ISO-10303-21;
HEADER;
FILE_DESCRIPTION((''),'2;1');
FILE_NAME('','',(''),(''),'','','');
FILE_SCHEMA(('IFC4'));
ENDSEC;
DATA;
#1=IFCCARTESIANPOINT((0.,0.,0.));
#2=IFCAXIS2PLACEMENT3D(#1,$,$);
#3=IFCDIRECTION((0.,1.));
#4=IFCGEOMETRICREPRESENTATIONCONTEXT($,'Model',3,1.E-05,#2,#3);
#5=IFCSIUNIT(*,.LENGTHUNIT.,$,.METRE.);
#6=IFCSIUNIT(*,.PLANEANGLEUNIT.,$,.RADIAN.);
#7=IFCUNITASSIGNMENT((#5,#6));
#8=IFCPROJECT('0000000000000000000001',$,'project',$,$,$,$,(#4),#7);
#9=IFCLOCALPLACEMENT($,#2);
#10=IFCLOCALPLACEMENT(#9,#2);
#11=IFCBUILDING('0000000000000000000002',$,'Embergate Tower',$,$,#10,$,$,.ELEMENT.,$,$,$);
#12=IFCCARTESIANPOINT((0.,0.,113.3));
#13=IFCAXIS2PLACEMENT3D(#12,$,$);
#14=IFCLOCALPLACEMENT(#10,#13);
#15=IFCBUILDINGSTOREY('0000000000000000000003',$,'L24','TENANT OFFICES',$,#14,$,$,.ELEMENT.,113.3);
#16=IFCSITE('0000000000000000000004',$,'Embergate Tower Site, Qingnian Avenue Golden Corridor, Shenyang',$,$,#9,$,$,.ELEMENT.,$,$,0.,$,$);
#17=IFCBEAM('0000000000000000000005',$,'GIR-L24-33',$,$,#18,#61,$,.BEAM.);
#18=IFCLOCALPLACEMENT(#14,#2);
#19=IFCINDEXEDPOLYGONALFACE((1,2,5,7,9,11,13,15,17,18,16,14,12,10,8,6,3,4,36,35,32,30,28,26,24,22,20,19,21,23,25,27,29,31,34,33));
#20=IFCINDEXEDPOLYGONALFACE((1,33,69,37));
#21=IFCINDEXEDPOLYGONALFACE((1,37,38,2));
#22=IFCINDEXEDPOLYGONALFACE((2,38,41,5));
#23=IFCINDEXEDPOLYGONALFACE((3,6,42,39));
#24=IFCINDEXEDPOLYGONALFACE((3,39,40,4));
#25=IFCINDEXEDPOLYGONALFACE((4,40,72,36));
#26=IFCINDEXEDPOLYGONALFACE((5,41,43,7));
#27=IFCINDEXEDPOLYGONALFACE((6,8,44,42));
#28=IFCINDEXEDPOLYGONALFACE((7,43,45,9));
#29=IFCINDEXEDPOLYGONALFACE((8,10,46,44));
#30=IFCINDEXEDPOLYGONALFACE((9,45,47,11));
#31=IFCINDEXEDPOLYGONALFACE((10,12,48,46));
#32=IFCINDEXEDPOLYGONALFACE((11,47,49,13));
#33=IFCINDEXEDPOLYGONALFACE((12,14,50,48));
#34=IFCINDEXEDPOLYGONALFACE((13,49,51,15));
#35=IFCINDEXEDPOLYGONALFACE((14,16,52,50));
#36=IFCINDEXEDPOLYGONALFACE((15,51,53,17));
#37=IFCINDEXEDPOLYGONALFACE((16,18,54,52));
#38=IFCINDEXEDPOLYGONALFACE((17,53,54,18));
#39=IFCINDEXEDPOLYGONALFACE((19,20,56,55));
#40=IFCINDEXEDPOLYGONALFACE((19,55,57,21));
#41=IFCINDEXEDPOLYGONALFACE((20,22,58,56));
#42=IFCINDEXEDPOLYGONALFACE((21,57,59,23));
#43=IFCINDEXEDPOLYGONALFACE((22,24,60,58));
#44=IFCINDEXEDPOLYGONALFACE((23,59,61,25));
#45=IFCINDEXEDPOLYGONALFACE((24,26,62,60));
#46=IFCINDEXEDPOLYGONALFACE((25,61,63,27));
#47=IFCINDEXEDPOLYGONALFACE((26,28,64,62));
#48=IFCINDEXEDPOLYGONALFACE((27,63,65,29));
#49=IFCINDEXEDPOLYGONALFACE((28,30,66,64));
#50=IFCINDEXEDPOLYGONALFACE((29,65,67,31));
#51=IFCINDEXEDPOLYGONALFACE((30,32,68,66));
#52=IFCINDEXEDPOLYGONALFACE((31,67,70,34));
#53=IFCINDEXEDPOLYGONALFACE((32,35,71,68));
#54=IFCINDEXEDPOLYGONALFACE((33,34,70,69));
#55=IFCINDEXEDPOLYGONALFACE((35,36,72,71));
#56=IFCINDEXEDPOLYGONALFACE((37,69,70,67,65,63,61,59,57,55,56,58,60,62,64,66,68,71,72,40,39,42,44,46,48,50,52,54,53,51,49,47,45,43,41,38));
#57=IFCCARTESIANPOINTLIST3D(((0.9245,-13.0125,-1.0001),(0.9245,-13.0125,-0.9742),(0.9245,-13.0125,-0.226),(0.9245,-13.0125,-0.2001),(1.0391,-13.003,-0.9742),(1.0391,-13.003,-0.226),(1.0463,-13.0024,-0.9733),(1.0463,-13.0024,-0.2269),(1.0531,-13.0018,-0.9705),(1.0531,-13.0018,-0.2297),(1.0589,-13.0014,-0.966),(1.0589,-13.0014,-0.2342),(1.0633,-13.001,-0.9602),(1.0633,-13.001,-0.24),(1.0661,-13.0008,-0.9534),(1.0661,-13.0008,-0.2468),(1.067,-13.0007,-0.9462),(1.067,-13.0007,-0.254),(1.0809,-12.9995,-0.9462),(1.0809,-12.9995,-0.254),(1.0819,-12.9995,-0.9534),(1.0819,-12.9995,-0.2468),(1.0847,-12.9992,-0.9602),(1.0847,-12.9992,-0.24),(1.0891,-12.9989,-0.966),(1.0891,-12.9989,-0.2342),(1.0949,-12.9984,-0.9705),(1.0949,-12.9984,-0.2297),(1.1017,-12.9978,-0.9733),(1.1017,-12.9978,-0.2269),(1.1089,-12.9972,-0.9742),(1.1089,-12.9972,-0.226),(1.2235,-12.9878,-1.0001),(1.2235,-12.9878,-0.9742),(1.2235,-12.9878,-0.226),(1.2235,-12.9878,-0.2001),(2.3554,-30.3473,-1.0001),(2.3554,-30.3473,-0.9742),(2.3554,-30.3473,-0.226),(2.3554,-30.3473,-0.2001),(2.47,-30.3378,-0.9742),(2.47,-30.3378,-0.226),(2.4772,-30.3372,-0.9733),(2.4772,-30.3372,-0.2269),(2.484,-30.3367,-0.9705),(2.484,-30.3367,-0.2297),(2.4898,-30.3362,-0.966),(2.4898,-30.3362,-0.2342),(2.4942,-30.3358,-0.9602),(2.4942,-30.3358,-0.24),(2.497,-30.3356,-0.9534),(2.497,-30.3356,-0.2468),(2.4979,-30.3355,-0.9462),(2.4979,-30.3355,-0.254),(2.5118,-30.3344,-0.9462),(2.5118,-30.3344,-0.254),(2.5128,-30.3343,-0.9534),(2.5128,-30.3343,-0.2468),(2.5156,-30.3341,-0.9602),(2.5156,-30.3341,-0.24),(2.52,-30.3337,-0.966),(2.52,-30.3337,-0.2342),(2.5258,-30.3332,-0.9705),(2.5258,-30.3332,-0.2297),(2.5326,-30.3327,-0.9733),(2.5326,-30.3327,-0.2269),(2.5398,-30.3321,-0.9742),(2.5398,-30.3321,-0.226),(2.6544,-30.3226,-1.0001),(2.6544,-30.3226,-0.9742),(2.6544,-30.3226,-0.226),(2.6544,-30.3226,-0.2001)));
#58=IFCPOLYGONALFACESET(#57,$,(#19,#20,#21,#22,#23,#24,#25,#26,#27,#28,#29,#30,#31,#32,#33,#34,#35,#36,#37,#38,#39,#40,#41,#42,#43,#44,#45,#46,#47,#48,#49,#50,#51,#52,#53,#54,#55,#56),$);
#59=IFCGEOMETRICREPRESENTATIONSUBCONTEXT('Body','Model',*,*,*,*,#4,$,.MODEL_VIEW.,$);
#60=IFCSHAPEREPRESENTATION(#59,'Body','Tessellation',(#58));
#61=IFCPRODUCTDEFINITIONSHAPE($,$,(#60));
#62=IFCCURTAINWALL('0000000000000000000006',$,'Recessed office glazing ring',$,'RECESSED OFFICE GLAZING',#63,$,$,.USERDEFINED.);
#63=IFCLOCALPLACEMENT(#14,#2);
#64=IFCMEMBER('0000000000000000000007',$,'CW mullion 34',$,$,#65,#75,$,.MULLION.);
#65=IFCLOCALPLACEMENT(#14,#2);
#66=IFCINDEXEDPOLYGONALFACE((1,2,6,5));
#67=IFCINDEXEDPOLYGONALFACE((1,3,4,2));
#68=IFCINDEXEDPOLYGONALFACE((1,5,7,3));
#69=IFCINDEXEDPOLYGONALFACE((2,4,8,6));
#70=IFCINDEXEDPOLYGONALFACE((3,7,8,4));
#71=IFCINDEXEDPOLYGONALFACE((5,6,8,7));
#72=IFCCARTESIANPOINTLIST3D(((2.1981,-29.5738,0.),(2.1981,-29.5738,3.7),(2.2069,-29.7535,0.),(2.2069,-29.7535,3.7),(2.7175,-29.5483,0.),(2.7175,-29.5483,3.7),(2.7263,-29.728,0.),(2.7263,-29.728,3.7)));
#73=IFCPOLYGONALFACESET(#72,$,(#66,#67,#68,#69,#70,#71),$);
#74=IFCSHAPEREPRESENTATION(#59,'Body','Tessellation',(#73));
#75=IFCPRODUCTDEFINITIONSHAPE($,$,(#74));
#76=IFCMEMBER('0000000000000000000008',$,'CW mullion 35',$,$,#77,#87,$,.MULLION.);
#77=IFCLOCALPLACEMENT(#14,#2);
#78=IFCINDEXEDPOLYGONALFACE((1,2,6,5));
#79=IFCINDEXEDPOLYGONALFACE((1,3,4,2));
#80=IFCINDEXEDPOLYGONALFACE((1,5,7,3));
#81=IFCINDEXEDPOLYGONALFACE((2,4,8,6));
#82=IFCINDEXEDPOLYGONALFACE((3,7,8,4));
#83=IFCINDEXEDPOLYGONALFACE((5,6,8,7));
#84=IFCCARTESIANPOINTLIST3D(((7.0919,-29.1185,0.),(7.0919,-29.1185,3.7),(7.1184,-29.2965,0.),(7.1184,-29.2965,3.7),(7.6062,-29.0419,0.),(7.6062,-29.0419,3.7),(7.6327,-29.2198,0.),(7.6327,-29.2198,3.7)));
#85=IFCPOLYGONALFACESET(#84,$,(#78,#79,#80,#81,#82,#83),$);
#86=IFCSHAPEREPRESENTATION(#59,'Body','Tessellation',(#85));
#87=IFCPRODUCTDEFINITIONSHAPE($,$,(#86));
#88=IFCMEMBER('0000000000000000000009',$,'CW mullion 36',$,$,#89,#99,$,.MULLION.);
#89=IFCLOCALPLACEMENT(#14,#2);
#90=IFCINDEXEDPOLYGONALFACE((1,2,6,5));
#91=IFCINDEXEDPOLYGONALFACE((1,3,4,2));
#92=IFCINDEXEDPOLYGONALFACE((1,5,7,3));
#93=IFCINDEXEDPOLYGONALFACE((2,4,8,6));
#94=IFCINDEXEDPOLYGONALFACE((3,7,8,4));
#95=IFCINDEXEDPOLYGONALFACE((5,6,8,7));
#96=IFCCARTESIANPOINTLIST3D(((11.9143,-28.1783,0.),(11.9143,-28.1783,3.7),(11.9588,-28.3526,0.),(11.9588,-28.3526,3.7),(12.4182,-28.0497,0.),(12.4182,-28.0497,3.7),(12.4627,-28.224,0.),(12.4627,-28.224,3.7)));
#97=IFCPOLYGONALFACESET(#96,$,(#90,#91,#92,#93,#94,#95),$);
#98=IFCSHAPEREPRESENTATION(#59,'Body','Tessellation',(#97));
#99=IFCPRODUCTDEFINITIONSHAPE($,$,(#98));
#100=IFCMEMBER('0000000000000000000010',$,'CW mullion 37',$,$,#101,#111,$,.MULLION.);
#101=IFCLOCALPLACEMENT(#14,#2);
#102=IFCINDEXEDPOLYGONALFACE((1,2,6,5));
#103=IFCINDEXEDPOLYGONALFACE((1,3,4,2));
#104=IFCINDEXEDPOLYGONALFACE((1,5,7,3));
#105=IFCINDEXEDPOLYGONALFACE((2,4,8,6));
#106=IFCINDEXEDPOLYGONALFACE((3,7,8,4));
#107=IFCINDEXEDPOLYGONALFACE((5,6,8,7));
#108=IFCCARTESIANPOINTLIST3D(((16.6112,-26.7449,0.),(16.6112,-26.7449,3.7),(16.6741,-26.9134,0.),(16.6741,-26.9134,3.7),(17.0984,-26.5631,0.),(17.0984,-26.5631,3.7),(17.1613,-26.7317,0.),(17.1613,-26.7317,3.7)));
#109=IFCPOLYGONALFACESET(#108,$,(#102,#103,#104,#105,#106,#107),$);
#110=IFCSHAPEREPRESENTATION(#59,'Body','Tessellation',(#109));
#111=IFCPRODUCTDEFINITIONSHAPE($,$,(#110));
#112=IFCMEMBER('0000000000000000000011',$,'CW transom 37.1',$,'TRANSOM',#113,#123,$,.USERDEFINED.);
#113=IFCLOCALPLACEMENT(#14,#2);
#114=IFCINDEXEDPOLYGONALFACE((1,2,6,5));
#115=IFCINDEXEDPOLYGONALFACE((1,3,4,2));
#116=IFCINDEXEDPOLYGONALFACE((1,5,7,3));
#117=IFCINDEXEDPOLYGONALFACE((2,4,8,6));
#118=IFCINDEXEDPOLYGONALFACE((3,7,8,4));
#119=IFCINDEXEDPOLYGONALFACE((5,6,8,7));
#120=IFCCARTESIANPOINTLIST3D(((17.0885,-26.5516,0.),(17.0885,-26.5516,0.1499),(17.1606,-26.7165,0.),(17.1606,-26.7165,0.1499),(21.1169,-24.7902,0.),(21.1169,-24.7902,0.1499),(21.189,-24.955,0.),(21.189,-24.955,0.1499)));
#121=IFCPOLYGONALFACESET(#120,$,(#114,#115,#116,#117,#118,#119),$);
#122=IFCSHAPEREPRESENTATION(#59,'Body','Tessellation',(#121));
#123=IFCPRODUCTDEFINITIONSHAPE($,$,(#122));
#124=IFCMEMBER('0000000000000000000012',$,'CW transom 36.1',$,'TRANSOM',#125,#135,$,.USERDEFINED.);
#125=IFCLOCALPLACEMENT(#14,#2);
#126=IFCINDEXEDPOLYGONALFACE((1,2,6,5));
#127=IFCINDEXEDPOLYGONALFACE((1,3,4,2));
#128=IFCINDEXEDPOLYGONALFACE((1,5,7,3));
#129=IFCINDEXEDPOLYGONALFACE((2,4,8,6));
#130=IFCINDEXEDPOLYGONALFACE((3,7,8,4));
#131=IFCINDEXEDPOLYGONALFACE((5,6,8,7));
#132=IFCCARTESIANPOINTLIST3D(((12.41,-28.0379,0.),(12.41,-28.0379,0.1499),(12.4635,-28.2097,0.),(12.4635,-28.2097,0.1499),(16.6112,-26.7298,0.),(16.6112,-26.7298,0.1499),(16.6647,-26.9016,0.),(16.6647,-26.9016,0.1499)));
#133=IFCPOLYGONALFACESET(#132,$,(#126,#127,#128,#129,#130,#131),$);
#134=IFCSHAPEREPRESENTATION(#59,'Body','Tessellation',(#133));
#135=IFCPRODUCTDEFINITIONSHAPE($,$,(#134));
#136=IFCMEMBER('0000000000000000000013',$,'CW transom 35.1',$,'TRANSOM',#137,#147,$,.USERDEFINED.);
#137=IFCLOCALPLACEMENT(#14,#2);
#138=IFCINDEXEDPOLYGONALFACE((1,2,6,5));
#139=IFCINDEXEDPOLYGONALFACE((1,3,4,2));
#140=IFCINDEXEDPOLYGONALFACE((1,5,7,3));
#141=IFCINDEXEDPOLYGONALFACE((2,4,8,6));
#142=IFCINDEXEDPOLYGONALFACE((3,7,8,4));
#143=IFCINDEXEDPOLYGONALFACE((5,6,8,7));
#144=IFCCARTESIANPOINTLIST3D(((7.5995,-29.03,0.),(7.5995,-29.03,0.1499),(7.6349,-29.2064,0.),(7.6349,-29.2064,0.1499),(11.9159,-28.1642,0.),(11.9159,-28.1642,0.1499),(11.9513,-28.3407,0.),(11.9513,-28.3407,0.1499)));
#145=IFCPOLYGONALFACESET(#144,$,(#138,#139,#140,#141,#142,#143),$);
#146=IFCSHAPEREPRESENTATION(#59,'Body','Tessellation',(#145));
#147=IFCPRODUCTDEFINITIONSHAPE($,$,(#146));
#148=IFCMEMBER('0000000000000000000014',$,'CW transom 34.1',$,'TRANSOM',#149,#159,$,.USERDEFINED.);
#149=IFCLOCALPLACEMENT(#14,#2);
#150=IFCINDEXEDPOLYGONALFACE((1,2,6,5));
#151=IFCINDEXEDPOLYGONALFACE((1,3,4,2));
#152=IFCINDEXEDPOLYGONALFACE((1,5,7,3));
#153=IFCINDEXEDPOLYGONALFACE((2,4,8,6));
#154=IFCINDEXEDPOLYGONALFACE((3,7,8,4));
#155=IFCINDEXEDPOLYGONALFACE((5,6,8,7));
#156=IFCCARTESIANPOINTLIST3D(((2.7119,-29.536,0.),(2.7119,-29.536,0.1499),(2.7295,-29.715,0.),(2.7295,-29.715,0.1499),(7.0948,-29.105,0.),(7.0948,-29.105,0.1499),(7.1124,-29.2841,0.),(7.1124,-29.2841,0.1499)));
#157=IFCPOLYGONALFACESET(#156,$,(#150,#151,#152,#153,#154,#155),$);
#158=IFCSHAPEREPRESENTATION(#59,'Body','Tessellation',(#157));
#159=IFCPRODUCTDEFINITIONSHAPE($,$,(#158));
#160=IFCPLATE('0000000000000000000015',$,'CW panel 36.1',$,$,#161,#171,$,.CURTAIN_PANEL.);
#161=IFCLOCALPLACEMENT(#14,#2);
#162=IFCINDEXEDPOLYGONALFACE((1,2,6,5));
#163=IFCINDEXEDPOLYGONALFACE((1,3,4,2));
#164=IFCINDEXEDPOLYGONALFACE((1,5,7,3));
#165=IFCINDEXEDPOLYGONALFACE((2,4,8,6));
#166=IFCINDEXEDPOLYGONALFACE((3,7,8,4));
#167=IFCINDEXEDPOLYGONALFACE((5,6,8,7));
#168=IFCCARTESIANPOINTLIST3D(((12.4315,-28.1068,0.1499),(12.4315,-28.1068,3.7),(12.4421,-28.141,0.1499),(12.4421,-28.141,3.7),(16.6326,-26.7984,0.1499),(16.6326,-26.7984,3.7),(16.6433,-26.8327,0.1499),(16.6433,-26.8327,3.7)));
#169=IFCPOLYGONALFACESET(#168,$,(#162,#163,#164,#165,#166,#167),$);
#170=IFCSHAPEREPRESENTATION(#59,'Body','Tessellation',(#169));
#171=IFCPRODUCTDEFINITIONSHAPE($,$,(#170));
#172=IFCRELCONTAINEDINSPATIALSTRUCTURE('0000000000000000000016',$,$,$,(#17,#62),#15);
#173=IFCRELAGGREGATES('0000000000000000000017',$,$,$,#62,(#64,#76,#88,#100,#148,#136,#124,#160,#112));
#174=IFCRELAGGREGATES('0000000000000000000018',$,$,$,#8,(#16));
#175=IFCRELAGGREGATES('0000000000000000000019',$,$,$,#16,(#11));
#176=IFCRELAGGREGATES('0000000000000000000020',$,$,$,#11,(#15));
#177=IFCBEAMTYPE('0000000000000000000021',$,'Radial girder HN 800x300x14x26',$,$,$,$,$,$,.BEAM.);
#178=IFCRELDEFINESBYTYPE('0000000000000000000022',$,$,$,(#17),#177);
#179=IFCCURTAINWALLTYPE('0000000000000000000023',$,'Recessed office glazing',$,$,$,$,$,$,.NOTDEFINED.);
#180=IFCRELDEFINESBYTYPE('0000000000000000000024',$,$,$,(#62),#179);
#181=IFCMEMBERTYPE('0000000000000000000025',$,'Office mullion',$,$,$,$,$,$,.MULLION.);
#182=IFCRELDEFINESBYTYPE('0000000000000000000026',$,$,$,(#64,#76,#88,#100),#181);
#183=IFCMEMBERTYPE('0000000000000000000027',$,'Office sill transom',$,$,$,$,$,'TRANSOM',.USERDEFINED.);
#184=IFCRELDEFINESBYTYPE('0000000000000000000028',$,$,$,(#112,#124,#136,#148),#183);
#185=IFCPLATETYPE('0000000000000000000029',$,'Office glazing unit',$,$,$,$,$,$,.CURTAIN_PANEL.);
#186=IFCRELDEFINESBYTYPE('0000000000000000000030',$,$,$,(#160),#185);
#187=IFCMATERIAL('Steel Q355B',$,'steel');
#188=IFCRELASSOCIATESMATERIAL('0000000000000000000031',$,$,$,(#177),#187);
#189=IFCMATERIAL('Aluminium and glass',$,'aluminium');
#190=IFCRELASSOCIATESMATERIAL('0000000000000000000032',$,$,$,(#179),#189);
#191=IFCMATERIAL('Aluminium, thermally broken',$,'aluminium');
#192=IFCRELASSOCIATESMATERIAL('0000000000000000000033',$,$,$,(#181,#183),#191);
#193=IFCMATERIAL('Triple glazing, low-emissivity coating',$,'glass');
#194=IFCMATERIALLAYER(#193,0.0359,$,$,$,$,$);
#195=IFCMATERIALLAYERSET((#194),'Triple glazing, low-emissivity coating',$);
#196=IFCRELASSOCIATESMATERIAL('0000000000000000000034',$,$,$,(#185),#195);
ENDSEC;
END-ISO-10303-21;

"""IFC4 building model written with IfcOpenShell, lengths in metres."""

from ifc_helpers import new_model, si_unit, direction, frame, origin, origin_2d, place, context, subcontext, project, spatial, rectangle, i_section, extrude, source, transform, mapped, material, layer, layer_set, material_profile, profile_set, type_object, element, aggregate, save


model = new_model("IFC4")

# Units and contexts
model_context = context("Model", 3, precision=1e-05, world=origin(), true_north=direction((0.0, 1.0)))
body_context = subcontext(model_context, "Body", "Model", "MODEL_VIEW")
ifc_project = project(units=[si_unit("LENGTHUNIT", "METRE"), si_unit("PLANEANGLEUNIT", "RADIAN")], contexts=[model_context])

# Site, building, storey
site_placement = place(None, origin())
site = spatial("IfcSite", under=ifc_project, at=site_placement, Name="Embergate Tower Site, Qingnian Avenue Golden Corridor, Shenyang", CompositionType="ELEMENT", RefElevation=0.0)
building_placement = place(site_placement, origin())
building = spatial("IfcBuilding", under=site, at=building_placement, Name="Embergate Tower", CompositionType="ELEMENT")
storey_placement = place(building_placement, frame((0.0, 0.0, 113.3)))
storey = spatial("IfcBuildingStorey", under=building, at=storey_placement, Name="L24", Description="TENANT OFFICES", CompositionType="ELEMENT", Elevation=113.3)

# Beam
ifc_material_1 = material(Name="Steel Q355B", Category="steel")
ifc_material_profile_1 = material_profile(ifc_material_1, i_section(OverallWidth=0.3, OverallDepth=0.8, WebThickness=0.0139, FlangeThickness=0.0259, FilletRadius=0.0281, at=origin_2d()), Name="HN 800x300x14x26")
ifc_profile_set_1 = profile_set([ifc_material_profile_1], Name="Steel Q355 grade B")
beam_type_1 = type_object("IfcBeamType", Name="Radial girder HN 800x300x14x26", PredefinedType="BEAM", material=ifc_profile_set_1)
shared_shape_1 = source(origin(), body_context, "Body", "SweptSolid", [
    extrude(i_section(OverallWidth=0.3, OverallDepth=0.8, WebThickness=0.0139, FlangeThickness=0.0259, FilletRadius=0.0281, at=origin_2d()), origin(), (0.0, 0.0, 1.0), 17.3938),
])
beam_1_placement = place(storey_placement, frame((2.5049, -30.335, -0.6001), z_axis=(-0.082265, 0.996611, 0.0), x_axis=(-0.996611, -0.082265, 0.0)))
element("IfcBeam", 1, at=beam_1_placement, inside=storey, type_object=beam_type_1, Name="GIR-L24-33", PredefinedType="BEAM", context=body_context, shape_type="MappedRepresentation", body=[
    mapped(shared_shape_1, transform((0.0, 0.0, 0.0))),
])

# Curtain wall, members
ifc_material_2 = material(Name="Aluminium and glass", Category="aluminium")
curtain_wall_type = type_object("IfcCurtainWallType", Name="Recessed office glazing", PredefinedType="NOTDEFINED", material=ifc_material_2)
curtain_wall_placement = place(storey_placement, origin())
curtain_wall = element("IfcCurtainWall", 2, at=curtain_wall_placement, inside=storey, type_object=curtain_wall_type, Name="Recessed office glazing ring", ObjectType="RECESSED OFFICE GLAZING", PredefinedType="USERDEFINED")
ifc_material_3 = material(Name="Aluminium, thermally broken", Category="aluminium")
ifc_material_profile_2 = material_profile(ifc_material_3, rectangle(XDim=0.1799, YDim=0.52, at=origin_2d()), Name="AL 520x180")
ifc_profile_set_2 = profile_set([ifc_material_profile_2], Name="Aluminium, thermally broken")
member_type_1 = type_object("IfcMemberType", Name="Office mullion", PredefinedType="MULLION", material=ifc_profile_set_2)
shared_shape_2 = source(origin(), body_context, "Body", "SweptSolid", [
    extrude(rectangle(XDim=0.1799, YDim=0.52, at=origin_2d()), origin(), (0.0, 0.0, 1.0), 3.7),
])
member_1_placement = place(storey_placement, frame((2.4622, -29.6509, 0.0), z_axis=(0.0, 0.0, 1.0), x_axis=(-0.048972, 0.9988, 0.0)))
member_1 = element("IfcMember", 3, at=member_1_placement, type_object=member_type_1, Name="CW mullion 34", PredefinedType="MULLION", context=body_context, shape_type="MappedRepresentation", body=[
    mapped(shared_shape_2, transform((0.0, 0.0, 0.0))),
])
member_2_placement = place(storey_placement, frame((7.3623, -29.1692, 0.0), z_axis=(0.0, 0.0, 1.0), x_axis=(-0.147414, 0.989075, 0.0)))
member_2 = element("IfcMember", 4, at=member_2_placement, type_object=member_type_1, Name="CW mullion 35", PredefinedType="MULLION", context=body_context, shape_type="MappedRepresentation", body=[
    mapped(shared_shape_2, transform((0.0, 0.0, 0.0))),
])
member_3_placement = place(storey_placement, frame((12.1885, -28.2012, 0.0), z_axis=(0.0, 0.0, 1.0), x_axis=(-0.247315, 0.968935, 0.0)))
member_3 = element("IfcMember", 5, at=member_3_placement, type_object=member_type_1, Name="CW mullion 36", PredefinedType="MULLION", context=body_context, shape_type="MappedRepresentation", body=[
    mapped(shared_shape_2, transform((0.0, 0.0, 0.0))),
])
member_4_placement = place(storey_placement, frame((16.8862, -26.7383, 0.0), z_axis=(0.0, 0.0, 1.0), x_axis=(-0.349506, 0.936934, 0.0)))
member_4 = element("IfcMember", 6, at=member_4_placement, type_object=member_type_1, Name="CW mullion 37", PredefinedType="MULLION", context=body_context, shape_type="MappedRepresentation", body=[
    mapped(shared_shape_2, transform((0.0, 0.0, 0.0))),
])
ifc_material_profile_3 = material_profile(ifc_material_3, rectangle(XDim=0.1799, YDim=0.1499, at=origin_2d()), Name="AL 150x180")
ifc_profile_set_3 = profile_set([ifc_material_profile_3], Name="Aluminium, thermally broken")
member_type_2 = type_object("IfcMemberType", Name="Office sill transom", ElementType="TRANSOM", PredefinedType="USERDEFINED", material=ifc_profile_set_3)
shared_shape_3 = source(origin(), body_context, "Body", "SweptSolid", [
    extrude(rectangle(XDim=0.1799, YDim=0.1499, at=origin_2d()), origin(), (0.0, 0.0, 1.0), 4.3967),
])
member_5_placement = place(storey_placement, frame((17.1245, -26.634, 0.075), z_axis=(0.916243, 0.400624, 0.0), x_axis=(-0.400624, 0.916243, 0.0)))
member_5 = element("IfcMember", 7, at=member_5_placement, type_object=member_type_2, Name="CW transom 37.1", ObjectType="TRANSOM", PredefinedType="USERDEFINED", context=body_context, shape_type="MappedRepresentation", body=[
    mapped(shared_shape_3, transform((0.0, 0.0, 0.0))),
])
shared_shape_4 = source(origin(), body_context, "Body", "SweptSolid", [
    extrude(rectangle(XDim=0.1799, YDim=0.1499, at=origin_2d()), origin(), (0.0, 0.0, 1.0), 4.4001),
])
member_6_placement = place(storey_placement, frame((12.4368, -28.1238, 0.075), z_axis=(0.954788, 0.297289, 0.0), x_axis=(-0.297289, 0.954788, 0.0)))
member_6 = element("IfcMember", 8, at=member_6_placement, type_object=member_type_2, Name="CW transom 36.1", ObjectType="TRANSOM", PredefinedType="USERDEFINED", context=body_context, shape_type="MappedRepresentation", body=[
    mapped(shared_shape_4, transform((0.0, 0.0, 0.0))),
])
shared_shape_5 = source(origin(), body_context, "Body", "SweptSolid", [
    extrude(rectangle(XDim=0.1799, YDim=0.1499, at=origin_2d()), origin(), (0.0, 0.0, 1.0), 4.4023),
])
member_7_placement = place(storey_placement, frame((7.6172, -29.1182, 0.075), z_axis=(0.980474, 0.196649, 0.0), x_axis=(-0.196649, 0.980474, 0.0)))
member_7 = element("IfcMember", 9, at=member_7_placement, type_object=member_type_2, Name="CW transom 35.1", ObjectType="TRANSOM", PredefinedType="USERDEFINED", context=body_context, shape_type="MappedRepresentation", body=[
    mapped(shared_shape_5, transform((0.0, 0.0, 0.0))),
])
shared_shape_6 = source(origin(), body_context, "Body", "SweptSolid", [
    extrude(rectangle(XDim=0.1799, YDim=0.1499, at=origin_2d()), origin(), (0.0, 0.0, 1.0), 4.4041),
])
member_8_placement = place(storey_placement, frame((2.7207, -29.6255, 0.075), z_axis=(0.995202, 0.097846, 0.0), x_axis=(-0.097846, 0.995202, 0.0)))
member_8 = element("IfcMember", 10, at=member_8_placement, type_object=member_type_2, Name="CW transom 34.1", ObjectType="TRANSOM", PredefinedType="USERDEFINED", context=body_context, shape_type="MappedRepresentation", body=[
    mapped(shared_shape_6, transform((0.0, 0.0, 0.0))),
])

# Plate
ifc_material_4 = material(Name="Triple glazing, low-emissivity coating", Category="glass")
ifc_layer_1 = layer(ifc_material_4, 0.0359)
ifc_layer_set_1 = layer_set([ifc_layer_1], Name="Triple glazing, low-emissivity coating")
plate_type = type_object("IfcPlateType", Name="Office glazing unit", PredefinedType="CURTAIN_PANEL", material=ifc_layer_set_1)
shared_shape_7 = source(origin(), body_context, "Body", "SweptSolid", [
    extrude(rectangle(XDim=4.4001, YDim=0.0359, at=origin_2d()), origin(), (0.0, 0.0, 1.0), 3.55),
])
plate_1_placement = place(storey_placement, frame((14.5374, -27.4697, 0.1499), z_axis=(0.0, 0.0, 1.0), x_axis=(0.954771, 0.297342, 0.0)))
plate_1 = element("IfcPlate", 11, at=plate_1_placement, type_object=plate_type, Name="CW panel 36.1", PredefinedType="CURTAIN_PANEL", context=body_context, shape_type="MappedRepresentation", body=[
    mapped(shared_shape_7, transform((0.0, 0.0, 0.0))),
])
aggregate(curtain_wall, [member_1, member_2, member_3, member_4, member_8, member_7, member_6, plate_1, member_5])

save(model, "model.ifc")
